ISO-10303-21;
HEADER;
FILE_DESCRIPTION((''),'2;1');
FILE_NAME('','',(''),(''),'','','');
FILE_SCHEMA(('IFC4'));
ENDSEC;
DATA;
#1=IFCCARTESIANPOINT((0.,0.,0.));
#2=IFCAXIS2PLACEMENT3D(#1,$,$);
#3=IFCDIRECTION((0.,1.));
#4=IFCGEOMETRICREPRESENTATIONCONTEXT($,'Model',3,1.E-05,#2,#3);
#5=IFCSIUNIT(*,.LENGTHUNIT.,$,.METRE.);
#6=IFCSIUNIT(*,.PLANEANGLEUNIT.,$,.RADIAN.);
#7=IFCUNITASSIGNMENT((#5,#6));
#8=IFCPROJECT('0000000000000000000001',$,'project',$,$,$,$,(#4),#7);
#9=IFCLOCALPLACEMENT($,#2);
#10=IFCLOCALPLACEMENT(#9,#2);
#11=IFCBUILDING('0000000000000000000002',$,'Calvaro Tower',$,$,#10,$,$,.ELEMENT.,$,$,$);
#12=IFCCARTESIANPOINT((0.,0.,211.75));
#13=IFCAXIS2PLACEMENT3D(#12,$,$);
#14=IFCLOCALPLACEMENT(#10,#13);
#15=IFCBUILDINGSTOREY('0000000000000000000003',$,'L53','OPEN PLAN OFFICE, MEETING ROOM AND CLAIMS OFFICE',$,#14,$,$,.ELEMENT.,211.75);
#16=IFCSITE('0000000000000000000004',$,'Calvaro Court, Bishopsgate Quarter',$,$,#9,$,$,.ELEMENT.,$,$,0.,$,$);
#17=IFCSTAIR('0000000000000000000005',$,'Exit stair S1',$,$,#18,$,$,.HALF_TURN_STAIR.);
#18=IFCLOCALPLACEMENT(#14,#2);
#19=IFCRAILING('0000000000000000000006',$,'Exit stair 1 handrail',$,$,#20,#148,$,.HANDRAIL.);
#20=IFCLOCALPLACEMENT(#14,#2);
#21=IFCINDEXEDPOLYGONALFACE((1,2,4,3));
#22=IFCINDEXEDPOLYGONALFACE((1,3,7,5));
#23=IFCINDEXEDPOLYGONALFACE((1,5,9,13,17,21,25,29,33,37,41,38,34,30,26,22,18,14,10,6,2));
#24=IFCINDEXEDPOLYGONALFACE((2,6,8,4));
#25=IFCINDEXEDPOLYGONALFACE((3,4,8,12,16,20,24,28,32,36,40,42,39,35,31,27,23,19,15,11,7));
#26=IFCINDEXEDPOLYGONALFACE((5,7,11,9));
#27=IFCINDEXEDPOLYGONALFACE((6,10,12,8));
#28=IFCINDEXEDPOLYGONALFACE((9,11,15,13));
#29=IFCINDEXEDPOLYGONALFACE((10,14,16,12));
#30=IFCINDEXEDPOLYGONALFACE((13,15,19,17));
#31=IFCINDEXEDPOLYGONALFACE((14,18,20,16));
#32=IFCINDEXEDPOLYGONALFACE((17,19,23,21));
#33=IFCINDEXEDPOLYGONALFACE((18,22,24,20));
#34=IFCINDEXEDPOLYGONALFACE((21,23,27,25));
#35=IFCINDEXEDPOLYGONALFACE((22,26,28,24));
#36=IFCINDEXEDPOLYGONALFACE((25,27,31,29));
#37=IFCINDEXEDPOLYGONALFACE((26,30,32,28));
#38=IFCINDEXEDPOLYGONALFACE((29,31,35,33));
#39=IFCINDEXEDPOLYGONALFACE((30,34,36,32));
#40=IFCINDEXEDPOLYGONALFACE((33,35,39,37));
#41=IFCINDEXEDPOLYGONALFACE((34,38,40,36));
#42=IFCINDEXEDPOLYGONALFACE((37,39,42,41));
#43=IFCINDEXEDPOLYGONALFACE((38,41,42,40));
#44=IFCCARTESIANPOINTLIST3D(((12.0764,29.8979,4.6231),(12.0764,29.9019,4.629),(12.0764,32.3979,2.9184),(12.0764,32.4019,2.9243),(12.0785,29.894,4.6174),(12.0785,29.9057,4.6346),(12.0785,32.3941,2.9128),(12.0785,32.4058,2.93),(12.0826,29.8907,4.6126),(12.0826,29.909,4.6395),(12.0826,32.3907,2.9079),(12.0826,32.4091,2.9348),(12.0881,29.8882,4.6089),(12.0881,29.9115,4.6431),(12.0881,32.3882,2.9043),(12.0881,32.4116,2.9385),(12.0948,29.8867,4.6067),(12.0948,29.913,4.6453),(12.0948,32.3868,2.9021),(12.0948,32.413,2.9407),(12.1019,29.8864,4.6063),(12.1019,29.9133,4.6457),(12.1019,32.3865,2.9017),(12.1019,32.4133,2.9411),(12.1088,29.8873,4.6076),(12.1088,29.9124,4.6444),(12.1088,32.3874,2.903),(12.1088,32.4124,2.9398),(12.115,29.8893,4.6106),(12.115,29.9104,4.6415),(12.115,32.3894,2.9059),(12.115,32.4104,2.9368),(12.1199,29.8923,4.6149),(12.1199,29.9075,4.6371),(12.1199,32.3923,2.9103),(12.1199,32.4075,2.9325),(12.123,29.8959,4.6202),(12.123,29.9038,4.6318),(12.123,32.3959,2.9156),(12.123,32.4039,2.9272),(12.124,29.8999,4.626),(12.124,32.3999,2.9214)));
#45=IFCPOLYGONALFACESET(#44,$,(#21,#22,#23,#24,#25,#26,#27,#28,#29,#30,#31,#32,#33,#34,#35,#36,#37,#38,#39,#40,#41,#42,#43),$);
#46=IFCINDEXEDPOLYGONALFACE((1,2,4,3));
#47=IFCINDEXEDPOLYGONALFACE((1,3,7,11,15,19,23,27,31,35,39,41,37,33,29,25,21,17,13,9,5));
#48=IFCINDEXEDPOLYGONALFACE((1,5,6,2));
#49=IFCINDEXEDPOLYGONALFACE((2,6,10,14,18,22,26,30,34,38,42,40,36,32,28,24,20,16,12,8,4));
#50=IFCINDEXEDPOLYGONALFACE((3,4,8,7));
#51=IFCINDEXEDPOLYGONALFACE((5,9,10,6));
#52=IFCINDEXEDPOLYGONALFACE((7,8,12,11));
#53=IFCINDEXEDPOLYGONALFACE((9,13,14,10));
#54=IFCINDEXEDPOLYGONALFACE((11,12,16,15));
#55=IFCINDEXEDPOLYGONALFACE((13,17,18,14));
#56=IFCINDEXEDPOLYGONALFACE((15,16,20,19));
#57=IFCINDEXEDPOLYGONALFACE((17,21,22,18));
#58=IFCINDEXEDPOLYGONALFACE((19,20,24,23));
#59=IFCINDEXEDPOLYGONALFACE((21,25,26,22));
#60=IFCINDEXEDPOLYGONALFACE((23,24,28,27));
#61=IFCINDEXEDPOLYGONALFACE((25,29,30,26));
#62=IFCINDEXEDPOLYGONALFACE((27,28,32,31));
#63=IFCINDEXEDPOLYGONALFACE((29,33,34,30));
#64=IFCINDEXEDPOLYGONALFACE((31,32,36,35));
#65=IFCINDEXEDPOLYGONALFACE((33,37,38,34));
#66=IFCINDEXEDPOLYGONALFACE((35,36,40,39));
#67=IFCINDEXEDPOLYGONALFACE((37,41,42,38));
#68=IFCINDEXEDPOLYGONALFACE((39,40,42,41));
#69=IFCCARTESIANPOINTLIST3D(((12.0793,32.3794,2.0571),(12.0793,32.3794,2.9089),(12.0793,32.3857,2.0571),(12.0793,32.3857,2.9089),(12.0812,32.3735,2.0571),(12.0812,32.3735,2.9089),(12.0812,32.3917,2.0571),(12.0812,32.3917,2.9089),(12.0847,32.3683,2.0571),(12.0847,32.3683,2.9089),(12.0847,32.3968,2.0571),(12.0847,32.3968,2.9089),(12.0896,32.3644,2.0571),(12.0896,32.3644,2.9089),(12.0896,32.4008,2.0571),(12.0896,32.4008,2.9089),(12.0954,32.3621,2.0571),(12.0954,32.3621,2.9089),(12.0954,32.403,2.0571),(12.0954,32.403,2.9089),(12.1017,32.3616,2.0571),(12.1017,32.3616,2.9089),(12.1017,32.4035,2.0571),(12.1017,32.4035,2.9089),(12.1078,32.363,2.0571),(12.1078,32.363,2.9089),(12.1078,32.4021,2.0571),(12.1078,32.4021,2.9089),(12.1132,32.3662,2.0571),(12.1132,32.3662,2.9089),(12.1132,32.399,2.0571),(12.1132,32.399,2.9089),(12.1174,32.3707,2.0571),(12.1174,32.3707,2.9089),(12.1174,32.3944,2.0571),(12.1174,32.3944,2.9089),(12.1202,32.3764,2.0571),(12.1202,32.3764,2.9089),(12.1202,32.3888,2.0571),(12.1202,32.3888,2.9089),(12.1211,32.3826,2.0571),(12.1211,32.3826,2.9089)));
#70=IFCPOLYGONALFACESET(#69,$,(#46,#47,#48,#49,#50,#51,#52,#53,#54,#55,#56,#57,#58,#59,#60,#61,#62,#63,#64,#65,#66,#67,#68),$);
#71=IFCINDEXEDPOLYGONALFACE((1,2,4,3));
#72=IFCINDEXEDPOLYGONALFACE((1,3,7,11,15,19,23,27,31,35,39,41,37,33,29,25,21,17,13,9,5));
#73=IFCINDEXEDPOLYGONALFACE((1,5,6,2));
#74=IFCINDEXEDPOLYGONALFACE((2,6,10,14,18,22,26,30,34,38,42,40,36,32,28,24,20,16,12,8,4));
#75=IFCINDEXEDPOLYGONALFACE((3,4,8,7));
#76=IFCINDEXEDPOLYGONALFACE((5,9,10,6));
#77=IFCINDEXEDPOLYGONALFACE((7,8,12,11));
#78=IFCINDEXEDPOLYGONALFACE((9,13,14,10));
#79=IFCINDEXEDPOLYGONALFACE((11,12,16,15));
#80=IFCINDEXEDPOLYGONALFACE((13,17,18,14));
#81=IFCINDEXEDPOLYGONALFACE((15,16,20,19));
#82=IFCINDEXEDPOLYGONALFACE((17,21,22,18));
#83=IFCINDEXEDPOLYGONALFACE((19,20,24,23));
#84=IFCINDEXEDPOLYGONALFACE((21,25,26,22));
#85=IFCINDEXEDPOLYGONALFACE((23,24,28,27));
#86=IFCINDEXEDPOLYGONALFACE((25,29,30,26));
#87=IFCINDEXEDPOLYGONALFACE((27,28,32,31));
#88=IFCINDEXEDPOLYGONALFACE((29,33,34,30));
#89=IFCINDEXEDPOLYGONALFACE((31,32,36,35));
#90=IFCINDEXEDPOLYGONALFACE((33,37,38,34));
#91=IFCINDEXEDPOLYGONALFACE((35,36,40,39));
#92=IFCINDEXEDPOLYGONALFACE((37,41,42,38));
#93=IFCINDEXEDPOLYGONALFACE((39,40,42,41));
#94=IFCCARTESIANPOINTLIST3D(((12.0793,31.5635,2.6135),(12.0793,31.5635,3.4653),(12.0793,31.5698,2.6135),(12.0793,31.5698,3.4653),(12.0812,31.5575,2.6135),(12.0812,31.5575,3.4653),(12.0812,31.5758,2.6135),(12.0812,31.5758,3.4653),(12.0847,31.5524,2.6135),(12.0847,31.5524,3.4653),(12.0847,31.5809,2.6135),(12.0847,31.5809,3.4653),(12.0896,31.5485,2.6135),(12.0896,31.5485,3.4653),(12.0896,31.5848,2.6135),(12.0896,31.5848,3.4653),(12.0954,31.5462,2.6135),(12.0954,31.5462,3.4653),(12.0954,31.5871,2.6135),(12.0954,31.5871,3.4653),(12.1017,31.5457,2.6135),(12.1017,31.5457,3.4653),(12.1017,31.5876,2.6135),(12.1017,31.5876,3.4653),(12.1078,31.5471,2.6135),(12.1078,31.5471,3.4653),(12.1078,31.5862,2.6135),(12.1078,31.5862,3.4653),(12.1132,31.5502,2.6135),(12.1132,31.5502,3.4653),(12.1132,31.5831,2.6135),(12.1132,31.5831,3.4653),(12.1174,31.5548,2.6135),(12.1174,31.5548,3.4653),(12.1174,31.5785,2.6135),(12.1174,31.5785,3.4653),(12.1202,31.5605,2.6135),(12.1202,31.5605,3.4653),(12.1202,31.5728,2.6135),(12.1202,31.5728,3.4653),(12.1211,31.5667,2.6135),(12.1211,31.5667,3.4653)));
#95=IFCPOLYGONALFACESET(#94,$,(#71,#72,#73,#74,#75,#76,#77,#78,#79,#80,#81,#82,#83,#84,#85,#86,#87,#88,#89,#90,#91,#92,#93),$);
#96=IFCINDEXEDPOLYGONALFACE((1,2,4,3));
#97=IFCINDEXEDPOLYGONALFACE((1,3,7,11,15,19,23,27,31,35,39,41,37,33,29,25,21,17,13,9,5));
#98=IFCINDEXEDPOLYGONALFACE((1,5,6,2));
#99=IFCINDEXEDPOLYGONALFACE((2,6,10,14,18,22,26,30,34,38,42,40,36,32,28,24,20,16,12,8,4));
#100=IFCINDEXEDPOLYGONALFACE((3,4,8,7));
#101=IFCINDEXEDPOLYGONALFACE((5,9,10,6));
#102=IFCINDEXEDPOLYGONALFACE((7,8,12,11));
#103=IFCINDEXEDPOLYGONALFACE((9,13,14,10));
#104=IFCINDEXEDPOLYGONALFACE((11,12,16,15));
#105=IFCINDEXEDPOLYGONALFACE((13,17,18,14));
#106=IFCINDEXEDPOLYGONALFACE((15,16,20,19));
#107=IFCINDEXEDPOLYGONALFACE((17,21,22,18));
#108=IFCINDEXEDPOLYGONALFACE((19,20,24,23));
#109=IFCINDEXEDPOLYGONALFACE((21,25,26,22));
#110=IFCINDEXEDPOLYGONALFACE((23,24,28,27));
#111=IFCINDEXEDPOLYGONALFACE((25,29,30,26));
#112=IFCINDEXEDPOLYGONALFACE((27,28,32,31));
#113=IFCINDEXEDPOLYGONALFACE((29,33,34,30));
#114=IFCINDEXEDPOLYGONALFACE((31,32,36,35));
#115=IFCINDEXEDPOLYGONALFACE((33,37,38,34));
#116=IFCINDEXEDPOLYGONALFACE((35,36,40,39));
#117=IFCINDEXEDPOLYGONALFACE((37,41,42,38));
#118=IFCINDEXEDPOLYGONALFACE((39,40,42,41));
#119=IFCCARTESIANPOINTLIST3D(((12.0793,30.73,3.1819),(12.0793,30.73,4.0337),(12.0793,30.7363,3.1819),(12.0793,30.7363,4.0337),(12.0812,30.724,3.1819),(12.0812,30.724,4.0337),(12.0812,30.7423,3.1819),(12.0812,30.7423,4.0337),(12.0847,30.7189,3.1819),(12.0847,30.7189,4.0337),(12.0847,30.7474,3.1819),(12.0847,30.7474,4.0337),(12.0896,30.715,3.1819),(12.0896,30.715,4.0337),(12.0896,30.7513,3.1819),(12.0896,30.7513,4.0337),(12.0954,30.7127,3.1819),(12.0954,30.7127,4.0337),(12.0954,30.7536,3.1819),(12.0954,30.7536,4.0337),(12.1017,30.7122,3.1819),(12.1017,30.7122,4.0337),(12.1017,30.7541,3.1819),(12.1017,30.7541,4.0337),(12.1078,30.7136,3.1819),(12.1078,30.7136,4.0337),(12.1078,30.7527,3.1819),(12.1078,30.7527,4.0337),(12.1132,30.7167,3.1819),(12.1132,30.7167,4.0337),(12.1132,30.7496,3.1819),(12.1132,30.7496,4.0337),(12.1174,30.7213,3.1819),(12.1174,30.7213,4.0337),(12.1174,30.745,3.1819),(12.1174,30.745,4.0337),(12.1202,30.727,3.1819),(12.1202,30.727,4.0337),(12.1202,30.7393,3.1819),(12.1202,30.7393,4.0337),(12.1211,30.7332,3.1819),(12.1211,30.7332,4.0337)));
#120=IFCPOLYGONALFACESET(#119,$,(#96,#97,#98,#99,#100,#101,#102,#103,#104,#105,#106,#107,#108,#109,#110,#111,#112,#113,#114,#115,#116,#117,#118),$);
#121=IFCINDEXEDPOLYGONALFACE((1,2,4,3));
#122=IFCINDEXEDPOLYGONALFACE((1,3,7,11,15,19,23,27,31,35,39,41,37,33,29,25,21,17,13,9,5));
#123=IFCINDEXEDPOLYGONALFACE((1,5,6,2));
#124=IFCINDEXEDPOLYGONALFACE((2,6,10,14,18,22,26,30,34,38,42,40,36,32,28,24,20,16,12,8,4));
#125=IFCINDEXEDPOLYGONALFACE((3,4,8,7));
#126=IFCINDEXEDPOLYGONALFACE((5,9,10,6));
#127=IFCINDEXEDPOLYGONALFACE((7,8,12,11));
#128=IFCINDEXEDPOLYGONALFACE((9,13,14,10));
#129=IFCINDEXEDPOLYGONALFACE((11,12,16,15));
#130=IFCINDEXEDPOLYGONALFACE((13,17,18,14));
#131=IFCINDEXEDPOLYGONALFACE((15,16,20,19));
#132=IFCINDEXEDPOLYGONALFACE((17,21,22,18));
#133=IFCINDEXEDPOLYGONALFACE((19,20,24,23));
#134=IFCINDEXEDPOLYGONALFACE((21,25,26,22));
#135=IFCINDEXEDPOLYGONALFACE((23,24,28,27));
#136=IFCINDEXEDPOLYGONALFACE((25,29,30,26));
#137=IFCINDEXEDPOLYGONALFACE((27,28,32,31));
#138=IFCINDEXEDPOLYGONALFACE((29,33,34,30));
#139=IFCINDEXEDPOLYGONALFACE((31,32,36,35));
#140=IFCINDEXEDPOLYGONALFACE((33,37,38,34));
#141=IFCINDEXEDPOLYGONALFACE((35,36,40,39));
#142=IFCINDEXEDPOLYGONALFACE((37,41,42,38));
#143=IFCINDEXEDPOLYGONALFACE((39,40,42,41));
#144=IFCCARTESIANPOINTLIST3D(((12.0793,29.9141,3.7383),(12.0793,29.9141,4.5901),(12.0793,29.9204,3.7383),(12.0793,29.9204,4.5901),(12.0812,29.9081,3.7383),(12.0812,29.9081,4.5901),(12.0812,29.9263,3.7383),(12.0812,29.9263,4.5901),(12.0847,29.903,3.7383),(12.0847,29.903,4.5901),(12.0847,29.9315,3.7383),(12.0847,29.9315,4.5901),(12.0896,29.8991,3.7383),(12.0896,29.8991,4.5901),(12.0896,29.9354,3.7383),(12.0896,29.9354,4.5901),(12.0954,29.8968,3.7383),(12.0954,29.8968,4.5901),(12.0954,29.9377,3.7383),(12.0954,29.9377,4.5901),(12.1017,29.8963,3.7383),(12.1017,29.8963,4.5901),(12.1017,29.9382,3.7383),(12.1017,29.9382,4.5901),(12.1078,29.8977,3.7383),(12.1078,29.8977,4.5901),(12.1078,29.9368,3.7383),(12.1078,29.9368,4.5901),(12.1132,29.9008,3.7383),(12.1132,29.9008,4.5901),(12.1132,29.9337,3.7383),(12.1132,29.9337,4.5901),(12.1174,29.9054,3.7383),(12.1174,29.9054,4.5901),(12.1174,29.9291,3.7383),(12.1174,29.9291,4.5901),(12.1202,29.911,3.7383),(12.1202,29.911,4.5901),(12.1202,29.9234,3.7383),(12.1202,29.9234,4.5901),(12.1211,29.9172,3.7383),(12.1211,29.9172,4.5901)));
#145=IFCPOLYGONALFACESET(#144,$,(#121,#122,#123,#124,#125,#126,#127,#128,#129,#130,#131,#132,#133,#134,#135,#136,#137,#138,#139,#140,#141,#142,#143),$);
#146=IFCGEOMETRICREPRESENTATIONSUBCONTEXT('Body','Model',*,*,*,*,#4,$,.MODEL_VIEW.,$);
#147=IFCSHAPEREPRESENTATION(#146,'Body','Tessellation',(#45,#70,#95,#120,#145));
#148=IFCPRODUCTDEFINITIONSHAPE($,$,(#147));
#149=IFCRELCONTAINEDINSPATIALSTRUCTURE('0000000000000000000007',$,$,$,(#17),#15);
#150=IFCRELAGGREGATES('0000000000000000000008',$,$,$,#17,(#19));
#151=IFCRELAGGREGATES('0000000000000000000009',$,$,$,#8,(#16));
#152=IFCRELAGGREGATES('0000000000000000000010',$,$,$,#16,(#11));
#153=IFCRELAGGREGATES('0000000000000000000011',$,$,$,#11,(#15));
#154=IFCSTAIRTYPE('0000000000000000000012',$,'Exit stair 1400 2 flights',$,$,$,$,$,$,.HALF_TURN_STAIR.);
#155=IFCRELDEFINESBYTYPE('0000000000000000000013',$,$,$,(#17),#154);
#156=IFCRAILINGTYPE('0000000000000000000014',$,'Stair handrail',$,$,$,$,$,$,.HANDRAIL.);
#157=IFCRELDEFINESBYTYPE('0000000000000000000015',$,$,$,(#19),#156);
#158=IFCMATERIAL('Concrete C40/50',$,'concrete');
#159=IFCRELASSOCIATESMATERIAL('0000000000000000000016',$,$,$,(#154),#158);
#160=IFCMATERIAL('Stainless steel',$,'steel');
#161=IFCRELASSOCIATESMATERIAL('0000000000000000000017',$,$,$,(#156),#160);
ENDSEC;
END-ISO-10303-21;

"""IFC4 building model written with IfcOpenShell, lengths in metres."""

from ifc_helpers import new_model, si_unit, direction, frame, origin, origin_2d, place, context, subcontext, project, spatial, circle, extrude, material, type_object, element, aggregate, save


model = new_model("IFC4")

# Units and contexts
model_context = context("Model", 3, precision=1e-05, world=origin(), true_north=direction((0.0, 1.0)))
body_context = subcontext(model_context, "Body", "Model", "MODEL_VIEW")
ifc_project = project(units=[si_unit("LENGTHUNIT", "METRE"), si_unit("PLANEANGLEUNIT", "RADIAN")], contexts=[model_context])

# Site, building, storey
site_placement = place(None, origin())
site = spatial("IfcSite", under=ifc_project, at=site_placement, Name="Calvaro Court, Bishopsgate Quarter", CompositionType="ELEMENT", RefElevation=0.0)
building_placement = place(site_placement, origin())
building = spatial("IfcBuilding", under=site, at=building_placement, Name="Calvaro Tower", CompositionType="ELEMENT")
storey_placement = place(building_placement, frame((0.0, 0.0, 211.75)))
storey = spatial("IfcBuildingStorey", under=building, at=storey_placement, Name="L53", Description="OPEN PLAN OFFICE, MEETING ROOM AND CLAIMS OFFICE", CompositionType="ELEMENT", Elevation=211.75)

# Stair, railing
ifc_material_1 = material(Name="Concrete C40/50", Category="concrete")
stair_type = type_object("IfcStairType", Name="Exit stair 1400 2 flights", PredefinedType="HALF_TURN_STAIR", material=ifc_material_1)
stair_placement = place(storey_placement, origin())
stair = element("IfcStair", 1, at=stair_placement, inside=storey, type_object=stair_type, Name="Exit stair S1", PredefinedType="HALF_TURN_STAIR")
ifc_material_2 = material(Name="Stainless steel", Category="steel")
railing_type = type_object("IfcRailingType", Name="Stair handrail", PredefinedType="HANDRAIL", material=ifc_material_2)
railing_placement = place(storey_placement, frame((12.1001, 32.3999, 2.0454)))
railing = element("IfcRailing", 2, at=railing_placement, type_object=railing_type, Name="Exit stair 1 handrail", PredefinedType="HANDRAIL", context=body_context, shape_type="SweptSolid", body=[
    extrude(circle(Radius=0.0239, at=origin_2d()), frame((0.0, 0.0, 0.876), z_axis=(0.0, -0.826221, 0.563347), x_axis=(1.0, 0.0, 0.0)), (0.0, 0.0, 1.0), 3.0259),
    extrude(circle(Radius=0.021, at=origin_2d()), frame((0.0, -0.0173, 0.0117)), (0.0, 0.0, 1.0), 0.8518),
    extrude(circle(Radius=0.021, at=origin_2d()), frame((0.0, -0.8333, 0.5681)), (0.0, 0.0, 1.0), 0.8518),
    extrude(circle(Radius=0.021, at=origin_2d()), frame((0.0, -1.6667, 1.1365)), (0.0, 0.0, 1.0), 0.8518),
    extrude(circle(Radius=0.021, at=origin_2d()), frame((0.0, -2.4827, 1.6929)), (0.0, 0.0, 1.0), 0.8518),
])
aggregate(stair, [railing])

save(model, "model.ifc")
